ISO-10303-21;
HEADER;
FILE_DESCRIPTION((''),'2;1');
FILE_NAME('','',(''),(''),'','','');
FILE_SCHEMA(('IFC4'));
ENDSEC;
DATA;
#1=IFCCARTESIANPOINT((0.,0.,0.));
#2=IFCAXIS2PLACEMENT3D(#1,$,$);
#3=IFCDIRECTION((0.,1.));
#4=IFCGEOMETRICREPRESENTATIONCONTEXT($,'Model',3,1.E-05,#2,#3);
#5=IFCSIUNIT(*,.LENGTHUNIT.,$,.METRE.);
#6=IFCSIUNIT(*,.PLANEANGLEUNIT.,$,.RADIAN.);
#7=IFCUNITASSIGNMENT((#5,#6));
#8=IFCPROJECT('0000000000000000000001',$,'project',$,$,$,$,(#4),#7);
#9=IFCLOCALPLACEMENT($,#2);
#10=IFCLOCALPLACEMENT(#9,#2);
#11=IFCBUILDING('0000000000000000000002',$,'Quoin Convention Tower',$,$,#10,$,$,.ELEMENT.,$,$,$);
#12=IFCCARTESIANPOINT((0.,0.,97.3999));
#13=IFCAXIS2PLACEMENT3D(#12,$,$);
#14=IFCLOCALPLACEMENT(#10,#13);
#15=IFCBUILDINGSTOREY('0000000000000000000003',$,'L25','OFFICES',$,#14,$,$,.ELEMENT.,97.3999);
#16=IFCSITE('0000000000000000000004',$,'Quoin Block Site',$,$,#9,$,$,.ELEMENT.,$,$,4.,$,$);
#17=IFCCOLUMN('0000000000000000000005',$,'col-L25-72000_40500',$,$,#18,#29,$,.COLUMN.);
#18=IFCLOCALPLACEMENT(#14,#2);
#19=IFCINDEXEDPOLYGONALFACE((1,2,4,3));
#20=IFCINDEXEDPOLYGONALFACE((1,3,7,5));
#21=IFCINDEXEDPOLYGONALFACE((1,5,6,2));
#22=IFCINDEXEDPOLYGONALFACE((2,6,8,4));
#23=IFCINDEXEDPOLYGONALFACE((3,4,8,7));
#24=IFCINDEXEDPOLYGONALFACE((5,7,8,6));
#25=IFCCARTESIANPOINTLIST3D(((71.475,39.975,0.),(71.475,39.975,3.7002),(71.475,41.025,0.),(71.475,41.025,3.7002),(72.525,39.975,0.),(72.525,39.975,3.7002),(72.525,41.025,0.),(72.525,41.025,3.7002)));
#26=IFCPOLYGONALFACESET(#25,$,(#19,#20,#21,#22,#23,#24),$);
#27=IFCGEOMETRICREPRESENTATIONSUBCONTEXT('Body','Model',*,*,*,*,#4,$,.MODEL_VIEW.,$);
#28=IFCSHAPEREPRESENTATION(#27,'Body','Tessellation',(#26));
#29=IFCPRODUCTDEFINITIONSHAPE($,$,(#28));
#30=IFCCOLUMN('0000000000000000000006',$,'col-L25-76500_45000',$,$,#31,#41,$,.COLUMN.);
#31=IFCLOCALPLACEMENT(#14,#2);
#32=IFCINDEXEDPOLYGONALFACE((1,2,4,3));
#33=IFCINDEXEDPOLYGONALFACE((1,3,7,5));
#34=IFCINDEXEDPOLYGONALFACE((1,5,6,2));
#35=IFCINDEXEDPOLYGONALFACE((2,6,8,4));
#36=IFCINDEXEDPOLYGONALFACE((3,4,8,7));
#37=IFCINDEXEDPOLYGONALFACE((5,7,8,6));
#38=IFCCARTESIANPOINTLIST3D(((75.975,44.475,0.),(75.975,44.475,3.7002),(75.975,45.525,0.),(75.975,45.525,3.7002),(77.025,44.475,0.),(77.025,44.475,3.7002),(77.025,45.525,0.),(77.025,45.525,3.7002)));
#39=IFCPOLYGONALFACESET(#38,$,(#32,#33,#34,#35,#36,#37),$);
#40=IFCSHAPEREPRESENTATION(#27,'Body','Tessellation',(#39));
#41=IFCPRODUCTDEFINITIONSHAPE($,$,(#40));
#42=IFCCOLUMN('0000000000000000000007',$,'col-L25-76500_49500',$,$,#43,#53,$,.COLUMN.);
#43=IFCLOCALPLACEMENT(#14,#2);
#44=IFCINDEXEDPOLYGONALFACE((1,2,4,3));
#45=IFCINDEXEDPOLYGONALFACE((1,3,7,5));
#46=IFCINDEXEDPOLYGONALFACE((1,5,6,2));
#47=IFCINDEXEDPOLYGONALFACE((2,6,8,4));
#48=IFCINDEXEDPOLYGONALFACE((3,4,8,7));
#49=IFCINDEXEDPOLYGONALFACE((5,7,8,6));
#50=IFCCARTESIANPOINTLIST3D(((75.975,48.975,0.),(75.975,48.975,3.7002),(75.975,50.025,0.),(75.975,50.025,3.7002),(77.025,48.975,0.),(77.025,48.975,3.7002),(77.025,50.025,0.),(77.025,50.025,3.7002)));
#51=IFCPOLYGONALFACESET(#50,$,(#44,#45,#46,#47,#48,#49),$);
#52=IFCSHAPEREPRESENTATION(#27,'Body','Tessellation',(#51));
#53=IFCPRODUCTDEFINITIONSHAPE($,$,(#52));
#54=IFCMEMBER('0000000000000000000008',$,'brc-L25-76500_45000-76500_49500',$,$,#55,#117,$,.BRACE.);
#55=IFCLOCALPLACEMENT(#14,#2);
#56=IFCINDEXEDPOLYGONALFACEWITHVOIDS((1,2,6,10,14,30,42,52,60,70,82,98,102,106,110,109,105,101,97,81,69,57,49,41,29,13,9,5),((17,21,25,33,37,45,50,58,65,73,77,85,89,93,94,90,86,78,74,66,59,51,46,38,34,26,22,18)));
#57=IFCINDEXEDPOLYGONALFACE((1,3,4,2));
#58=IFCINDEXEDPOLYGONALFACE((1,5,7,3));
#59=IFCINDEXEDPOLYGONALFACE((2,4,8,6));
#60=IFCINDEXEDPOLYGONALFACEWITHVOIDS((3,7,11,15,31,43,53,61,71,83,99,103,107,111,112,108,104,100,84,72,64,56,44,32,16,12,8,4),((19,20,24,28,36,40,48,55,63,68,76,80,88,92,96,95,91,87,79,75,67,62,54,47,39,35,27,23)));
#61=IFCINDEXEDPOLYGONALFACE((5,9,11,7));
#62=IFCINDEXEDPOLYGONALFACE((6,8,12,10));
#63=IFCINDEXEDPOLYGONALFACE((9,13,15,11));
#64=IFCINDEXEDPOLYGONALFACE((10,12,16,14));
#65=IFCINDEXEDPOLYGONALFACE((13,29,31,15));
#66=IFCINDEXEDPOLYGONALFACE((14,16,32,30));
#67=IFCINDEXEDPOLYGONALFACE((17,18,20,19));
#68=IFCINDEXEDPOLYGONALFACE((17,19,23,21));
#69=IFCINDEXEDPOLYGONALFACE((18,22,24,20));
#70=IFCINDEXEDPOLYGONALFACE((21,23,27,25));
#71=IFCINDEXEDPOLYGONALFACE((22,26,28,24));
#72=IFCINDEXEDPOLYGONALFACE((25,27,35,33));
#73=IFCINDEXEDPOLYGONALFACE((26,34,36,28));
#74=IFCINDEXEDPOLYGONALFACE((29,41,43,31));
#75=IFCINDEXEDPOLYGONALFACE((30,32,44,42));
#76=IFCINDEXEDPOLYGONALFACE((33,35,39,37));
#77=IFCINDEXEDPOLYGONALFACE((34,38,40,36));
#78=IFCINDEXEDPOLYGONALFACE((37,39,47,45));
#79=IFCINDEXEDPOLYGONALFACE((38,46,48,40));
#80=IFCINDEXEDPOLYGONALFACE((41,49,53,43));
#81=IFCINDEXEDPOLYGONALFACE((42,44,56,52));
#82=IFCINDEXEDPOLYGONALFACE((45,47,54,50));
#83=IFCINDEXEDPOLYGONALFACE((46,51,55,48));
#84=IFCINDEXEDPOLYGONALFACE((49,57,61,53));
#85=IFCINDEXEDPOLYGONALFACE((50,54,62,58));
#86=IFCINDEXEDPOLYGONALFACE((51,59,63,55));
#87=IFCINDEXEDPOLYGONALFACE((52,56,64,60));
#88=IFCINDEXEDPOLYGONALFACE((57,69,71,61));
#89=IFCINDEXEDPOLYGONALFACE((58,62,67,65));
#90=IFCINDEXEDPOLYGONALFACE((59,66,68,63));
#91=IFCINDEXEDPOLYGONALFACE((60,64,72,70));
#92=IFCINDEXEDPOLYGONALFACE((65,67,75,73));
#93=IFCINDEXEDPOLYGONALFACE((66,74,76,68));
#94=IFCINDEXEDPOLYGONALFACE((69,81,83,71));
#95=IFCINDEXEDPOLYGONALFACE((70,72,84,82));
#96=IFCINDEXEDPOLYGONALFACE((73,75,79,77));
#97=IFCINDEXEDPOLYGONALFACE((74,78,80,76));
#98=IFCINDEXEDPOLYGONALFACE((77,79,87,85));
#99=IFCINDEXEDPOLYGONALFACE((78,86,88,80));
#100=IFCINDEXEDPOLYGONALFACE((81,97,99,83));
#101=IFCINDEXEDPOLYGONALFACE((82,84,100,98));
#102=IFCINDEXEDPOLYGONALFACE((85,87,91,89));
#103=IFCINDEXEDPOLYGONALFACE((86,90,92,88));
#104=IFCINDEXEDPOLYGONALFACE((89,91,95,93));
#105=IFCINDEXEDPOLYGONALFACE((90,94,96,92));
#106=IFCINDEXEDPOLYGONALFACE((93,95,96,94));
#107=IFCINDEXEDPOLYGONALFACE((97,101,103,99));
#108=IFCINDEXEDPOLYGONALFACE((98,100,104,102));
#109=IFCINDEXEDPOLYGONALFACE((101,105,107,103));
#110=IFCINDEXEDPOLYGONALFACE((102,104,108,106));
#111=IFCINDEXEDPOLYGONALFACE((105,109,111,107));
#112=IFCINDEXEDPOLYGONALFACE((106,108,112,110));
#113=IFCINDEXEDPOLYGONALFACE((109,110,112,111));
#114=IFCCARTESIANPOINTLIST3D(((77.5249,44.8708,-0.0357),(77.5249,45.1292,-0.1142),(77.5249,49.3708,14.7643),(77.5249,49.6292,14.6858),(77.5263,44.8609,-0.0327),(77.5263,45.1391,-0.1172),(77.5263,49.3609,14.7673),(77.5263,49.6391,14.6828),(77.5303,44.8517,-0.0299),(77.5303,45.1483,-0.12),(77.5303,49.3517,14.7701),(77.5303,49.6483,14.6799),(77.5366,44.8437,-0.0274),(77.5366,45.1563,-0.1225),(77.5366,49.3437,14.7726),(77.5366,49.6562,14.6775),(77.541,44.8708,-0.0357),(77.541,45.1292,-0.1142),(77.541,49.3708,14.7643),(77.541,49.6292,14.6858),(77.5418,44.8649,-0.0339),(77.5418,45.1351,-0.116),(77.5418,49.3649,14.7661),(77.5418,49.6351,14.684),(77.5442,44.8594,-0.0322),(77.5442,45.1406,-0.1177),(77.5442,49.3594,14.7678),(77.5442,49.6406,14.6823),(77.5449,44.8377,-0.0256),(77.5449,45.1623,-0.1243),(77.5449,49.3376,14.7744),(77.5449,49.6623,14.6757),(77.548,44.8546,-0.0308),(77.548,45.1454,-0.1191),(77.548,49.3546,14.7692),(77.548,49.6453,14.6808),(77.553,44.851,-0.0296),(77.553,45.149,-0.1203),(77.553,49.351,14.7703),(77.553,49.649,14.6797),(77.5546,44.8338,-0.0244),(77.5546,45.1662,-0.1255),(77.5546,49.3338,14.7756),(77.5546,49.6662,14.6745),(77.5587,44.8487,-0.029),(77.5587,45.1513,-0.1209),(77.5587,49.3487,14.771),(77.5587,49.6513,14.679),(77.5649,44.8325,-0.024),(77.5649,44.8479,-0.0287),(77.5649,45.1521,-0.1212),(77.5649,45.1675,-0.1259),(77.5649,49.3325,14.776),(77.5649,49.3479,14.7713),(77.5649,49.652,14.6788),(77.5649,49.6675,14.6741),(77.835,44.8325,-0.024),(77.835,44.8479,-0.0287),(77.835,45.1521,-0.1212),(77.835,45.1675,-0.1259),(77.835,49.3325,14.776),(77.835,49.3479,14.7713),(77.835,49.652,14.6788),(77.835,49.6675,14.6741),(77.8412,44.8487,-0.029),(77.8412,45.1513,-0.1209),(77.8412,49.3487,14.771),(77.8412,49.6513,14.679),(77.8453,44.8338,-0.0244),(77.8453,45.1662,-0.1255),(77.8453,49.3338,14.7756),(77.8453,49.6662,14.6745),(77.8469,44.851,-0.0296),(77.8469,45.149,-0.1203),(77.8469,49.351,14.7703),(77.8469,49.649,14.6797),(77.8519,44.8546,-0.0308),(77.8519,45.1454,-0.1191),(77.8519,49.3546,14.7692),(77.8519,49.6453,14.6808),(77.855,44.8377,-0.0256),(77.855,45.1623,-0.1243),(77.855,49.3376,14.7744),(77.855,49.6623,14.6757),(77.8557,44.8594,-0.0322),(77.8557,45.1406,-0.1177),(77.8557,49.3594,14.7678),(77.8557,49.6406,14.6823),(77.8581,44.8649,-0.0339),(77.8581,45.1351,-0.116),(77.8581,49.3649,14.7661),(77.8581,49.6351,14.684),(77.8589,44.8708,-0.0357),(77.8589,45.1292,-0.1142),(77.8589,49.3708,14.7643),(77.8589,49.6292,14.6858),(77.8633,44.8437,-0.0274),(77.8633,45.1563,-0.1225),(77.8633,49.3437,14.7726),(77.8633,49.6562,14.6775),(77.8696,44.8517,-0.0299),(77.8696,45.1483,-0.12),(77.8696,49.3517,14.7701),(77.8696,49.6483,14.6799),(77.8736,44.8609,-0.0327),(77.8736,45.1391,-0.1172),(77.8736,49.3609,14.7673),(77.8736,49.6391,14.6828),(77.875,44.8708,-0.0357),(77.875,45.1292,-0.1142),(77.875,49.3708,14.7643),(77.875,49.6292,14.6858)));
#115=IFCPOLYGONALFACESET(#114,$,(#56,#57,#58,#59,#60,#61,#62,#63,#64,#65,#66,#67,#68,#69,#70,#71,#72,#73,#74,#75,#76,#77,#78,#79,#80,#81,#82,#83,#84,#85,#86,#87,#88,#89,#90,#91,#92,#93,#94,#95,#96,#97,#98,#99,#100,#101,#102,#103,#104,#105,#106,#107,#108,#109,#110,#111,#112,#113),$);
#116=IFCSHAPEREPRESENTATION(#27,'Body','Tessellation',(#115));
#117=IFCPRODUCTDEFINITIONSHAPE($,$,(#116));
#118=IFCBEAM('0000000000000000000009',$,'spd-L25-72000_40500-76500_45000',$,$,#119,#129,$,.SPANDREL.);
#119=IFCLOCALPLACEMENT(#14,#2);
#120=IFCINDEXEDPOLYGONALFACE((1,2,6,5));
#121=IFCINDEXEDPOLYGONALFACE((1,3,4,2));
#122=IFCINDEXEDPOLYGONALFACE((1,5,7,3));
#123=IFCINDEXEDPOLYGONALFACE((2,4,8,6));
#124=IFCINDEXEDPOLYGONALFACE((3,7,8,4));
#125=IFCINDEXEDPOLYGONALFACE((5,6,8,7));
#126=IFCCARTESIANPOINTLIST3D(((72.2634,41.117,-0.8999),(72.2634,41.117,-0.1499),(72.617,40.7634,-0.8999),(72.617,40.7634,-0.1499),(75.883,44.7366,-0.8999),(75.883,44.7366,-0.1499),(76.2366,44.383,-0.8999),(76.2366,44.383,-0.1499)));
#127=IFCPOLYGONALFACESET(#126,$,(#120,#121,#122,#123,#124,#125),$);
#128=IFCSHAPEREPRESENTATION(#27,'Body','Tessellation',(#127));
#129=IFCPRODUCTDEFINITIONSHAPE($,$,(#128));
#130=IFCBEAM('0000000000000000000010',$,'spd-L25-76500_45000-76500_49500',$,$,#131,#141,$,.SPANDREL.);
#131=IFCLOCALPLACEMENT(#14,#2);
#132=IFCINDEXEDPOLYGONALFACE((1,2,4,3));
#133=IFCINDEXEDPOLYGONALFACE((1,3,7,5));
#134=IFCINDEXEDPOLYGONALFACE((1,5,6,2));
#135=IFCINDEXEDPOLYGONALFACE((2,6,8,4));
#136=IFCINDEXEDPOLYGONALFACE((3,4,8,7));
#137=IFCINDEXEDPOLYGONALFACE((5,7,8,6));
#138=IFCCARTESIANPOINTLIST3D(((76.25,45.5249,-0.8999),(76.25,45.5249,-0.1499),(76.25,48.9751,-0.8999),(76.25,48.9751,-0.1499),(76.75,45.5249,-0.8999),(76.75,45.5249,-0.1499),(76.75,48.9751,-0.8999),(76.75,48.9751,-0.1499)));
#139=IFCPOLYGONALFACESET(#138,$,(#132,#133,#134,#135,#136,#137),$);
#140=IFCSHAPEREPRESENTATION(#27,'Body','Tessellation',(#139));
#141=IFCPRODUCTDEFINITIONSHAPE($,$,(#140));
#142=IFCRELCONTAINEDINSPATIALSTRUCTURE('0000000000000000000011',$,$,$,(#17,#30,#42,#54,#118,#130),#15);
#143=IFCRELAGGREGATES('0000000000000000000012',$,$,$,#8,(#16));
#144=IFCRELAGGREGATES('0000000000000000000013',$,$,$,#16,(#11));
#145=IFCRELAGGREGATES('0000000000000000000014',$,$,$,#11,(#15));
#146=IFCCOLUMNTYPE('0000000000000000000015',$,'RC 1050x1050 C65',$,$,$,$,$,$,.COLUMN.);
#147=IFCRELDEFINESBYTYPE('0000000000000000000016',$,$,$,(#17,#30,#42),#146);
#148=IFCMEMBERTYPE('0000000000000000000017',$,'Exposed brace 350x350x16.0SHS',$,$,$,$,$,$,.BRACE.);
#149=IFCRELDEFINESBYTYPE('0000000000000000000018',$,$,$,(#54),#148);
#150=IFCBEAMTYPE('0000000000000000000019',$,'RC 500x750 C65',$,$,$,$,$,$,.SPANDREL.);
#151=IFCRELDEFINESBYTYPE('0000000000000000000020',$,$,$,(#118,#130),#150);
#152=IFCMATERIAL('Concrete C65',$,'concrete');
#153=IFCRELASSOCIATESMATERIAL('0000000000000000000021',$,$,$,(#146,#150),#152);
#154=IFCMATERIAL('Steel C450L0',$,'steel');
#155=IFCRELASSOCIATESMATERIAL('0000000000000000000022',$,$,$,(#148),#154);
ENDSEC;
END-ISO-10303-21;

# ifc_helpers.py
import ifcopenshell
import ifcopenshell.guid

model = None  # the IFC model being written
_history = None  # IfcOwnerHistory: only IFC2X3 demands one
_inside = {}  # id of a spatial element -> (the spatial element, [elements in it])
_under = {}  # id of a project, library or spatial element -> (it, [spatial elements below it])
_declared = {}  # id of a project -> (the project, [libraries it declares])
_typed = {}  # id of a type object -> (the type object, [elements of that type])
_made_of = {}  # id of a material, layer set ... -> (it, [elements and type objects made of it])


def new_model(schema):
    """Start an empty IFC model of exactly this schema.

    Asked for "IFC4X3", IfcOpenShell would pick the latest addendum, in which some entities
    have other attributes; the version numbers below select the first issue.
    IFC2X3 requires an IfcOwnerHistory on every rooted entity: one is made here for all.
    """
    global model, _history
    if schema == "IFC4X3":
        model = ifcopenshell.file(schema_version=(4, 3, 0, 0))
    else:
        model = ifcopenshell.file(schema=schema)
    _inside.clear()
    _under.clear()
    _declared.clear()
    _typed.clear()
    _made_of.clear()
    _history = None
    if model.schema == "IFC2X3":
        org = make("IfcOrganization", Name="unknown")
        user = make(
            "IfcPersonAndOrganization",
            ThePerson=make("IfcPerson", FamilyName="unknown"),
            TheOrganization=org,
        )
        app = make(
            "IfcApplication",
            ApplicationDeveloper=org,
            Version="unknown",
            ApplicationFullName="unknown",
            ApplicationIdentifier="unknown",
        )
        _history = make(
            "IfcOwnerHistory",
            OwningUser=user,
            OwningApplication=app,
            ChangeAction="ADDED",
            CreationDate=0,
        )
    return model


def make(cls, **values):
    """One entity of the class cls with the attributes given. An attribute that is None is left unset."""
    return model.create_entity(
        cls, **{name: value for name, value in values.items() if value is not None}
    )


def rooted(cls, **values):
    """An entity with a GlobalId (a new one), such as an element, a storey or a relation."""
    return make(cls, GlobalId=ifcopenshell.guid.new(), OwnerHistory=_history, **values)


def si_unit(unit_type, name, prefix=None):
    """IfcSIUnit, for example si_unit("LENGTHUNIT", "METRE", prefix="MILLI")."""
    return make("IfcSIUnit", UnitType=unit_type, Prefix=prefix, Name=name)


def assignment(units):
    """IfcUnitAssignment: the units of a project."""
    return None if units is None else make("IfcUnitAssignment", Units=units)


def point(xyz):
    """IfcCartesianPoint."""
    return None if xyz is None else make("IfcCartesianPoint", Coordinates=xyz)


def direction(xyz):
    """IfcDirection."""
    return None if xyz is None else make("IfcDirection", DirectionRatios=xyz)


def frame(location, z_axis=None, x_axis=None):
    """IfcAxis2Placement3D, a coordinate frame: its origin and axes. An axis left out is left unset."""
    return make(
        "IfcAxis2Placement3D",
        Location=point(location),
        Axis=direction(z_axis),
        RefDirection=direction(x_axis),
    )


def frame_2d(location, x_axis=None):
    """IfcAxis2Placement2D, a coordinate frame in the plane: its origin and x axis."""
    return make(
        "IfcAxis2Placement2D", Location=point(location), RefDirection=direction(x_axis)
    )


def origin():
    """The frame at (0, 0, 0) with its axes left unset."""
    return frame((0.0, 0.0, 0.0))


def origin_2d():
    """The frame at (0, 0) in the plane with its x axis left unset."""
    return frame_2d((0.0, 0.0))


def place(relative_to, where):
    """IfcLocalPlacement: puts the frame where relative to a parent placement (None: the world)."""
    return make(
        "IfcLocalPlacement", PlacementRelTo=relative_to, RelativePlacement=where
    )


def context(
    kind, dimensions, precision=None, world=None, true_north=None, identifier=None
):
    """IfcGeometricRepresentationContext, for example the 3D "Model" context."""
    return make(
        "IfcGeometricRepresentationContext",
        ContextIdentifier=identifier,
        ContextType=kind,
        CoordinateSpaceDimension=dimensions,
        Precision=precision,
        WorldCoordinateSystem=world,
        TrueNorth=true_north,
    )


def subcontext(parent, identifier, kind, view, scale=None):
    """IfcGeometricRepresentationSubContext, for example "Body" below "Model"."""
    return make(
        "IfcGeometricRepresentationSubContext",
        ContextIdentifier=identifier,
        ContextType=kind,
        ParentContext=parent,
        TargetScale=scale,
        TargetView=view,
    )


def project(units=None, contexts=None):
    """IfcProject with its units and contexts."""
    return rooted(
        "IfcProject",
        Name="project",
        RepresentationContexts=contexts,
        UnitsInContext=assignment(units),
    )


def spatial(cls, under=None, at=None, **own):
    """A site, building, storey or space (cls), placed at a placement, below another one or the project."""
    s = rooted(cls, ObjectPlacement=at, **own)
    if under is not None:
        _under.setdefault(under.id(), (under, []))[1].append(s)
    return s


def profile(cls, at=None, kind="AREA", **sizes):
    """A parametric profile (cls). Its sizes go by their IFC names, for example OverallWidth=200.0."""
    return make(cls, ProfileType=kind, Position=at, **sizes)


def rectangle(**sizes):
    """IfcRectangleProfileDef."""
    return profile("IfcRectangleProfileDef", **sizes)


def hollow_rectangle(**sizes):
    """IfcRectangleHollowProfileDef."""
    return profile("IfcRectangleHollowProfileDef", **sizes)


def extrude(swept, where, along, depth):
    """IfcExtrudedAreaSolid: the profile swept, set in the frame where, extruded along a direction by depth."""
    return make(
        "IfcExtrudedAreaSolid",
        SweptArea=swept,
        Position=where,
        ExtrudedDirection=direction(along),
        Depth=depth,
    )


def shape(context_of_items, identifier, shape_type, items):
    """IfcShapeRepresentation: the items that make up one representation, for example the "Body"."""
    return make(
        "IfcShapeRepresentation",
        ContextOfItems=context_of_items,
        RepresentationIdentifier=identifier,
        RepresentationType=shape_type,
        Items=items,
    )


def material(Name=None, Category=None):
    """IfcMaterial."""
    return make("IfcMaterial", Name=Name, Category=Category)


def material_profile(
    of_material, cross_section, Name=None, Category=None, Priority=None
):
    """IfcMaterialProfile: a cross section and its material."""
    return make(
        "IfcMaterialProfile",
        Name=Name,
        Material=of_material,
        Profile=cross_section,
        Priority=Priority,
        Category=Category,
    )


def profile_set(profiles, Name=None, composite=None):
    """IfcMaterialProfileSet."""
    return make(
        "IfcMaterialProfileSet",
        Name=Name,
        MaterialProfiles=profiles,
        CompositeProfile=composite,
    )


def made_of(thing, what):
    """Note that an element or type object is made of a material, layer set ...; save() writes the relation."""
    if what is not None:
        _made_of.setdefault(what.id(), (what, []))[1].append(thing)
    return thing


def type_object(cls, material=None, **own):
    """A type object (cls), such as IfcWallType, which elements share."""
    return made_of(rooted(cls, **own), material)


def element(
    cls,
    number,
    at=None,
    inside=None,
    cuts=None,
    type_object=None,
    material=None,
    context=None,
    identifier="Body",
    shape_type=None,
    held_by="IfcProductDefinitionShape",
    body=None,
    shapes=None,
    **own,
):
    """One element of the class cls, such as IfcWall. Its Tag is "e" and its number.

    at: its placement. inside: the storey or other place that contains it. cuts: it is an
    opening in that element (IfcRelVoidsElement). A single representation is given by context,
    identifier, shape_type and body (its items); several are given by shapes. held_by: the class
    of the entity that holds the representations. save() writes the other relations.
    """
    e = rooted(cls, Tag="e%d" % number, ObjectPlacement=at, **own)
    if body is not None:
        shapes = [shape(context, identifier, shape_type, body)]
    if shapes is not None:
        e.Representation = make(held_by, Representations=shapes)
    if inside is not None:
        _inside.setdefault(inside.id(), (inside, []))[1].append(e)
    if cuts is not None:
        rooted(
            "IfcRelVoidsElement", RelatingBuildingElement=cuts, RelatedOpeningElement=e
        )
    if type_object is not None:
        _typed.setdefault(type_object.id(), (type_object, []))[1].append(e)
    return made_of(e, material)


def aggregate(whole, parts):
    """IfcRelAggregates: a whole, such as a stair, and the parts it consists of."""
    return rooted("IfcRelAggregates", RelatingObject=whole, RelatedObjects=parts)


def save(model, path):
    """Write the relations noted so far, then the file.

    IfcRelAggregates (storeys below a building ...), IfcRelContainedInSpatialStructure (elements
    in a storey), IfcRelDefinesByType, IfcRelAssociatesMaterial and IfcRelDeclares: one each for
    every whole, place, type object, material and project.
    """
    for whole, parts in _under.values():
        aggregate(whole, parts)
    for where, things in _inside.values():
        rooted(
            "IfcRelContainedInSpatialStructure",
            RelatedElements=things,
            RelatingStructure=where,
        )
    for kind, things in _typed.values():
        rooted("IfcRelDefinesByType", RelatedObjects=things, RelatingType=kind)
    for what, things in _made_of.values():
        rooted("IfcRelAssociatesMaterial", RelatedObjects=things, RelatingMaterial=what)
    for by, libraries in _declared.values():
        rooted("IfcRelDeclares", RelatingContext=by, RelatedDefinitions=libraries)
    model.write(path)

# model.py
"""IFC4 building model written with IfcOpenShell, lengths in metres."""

from ifc_helpers import new_model, si_unit, direction, frame, origin, origin_2d, place, context, subcontext, project, spatial, rectangle, hollow_rectangle, extrude, material, material_profile, profile_set, type_object, element, save


model = new_model("IFC4")

# Units and contexts
model_context = context("Model", 3, precision=1e-05, world=origin(), true_north=direction((0.0, 1.0)))
body_context = subcontext(model_context, "Body", "Model", "MODEL_VIEW")
ifc_project = project(units=[si_unit("LENGTHUNIT", "METRE"), si_unit("PLANEANGLEUNIT", "RADIAN")], contexts=[model_context])

# Site, building, storey
site_placement = place(None, origin())
site = spatial("IfcSite", under=ifc_project, at=site_placement, Name="Quoin Block Site", CompositionType="ELEMENT", RefElevation=4.0)
building_placement = place(site_placement, origin())
building = spatial("IfcBuilding", under=site, at=building_placement, Name="Quoin Convention Tower", CompositionType="ELEMENT")
storey_placement = place(building_placement, frame((0.0, 0.0, 97.3999)))
storey = spatial("IfcBuildingStorey", under=building, at=storey_placement, Name="L25", Description="OFFICES", CompositionType="ELEMENT", Elevation=97.3999)

# Columns
ifc_material_1 = material(Name="Concrete C65", Category="concrete")
ifc_material_profile_1 = material_profile(ifc_material_1, rectangle(XDim=1.05, YDim=1.05, at=origin_2d()), Name="RC 1050x1050")
ifc_profile_set_1 = profile_set([ifc_material_profile_1], Name="Concrete C65")
column_type = type_object("IfcColumnType", Name="RC 1050x1050 C65", PredefinedType="COLUMN", material=ifc_profile_set_1)
for number, where, z_axis, x_axis, name in (
    (1, (72.0, 40.5, 0.0), (0.0, 0.0, 1.0), (1.0, 0.0, 0.0), "col-L25-72000_40500"),
    (2, (76.5, 45.0, 0.0), (0.0, 0.0, 1.0), (1.0, 0.0, 0.0), "col-L25-76500_45000"),
    (3, (76.5, 49.5, 0.0), (0.0, 0.0, 1.0), (1.0, 0.0, 0.0), "col-L25-76500_49500"),
):
    element("IfcColumn", number, at=place(storey_placement, frame(where, z_axis=z_axis, x_axis=x_axis)), inside=storey, type_object=column_type, Name=name, PredefinedType="COLUMN", context=body_context, shape_type="SweptSolid", body=[
        extrude(rectangle(XDim=1.05, YDim=1.05, at=origin_2d()), origin(), (0.0, 0.0, 1.0), 3.7002),
    ])

# Member
ifc_material_2 = material(Name="Steel C450L0", Category="steel")
ifc_material_profile_2 = material_profile(ifc_material_2, hollow_rectangle(XDim=0.3501, YDim=0.3501, WallThickness=0.0161, InnerFilletRadius=0.0239, OuterFilletRadius=0.04, at=origin_2d()), Name="350x350x16.0SHS")
ifc_profile_set_2 = profile_set([ifc_material_profile_2], Name="Steel C450L0")
member_type = type_object("IfcMemberType", Name="Exposed brace 350x350x16.0SHS", PredefinedType="BRACE", material=ifc_profile_set_2)
member_placement = place(storey_placement, frame((77.7, 45.0, -0.075), z_axis=(0.0, 0.290903, 0.956752), x_axis=(-1.0, 0.0, 0.0)))
element("IfcMember", 4, at=member_placement, inside=storey, type_object=member_type, Name="brc-L25-76500_45000-76500_49500", PredefinedType="BRACE", context=body_context, shape_type="SweptSolid", body=[
    extrude(hollow_rectangle(XDim=0.3501, YDim=0.3501, WallThickness=0.0161, InnerFilletRadius=0.0239, OuterFilletRadius=0.04, at=origin_2d()), origin(), (0.0, 0.0, 1.0), 15.469),
])

# Beams
ifc_material_profile_3 = material_profile(ifc_material_1, rectangle(XDim=0.5, YDim=0.75, at=origin_2d()), Name="RC 500x750")
ifc_profile_set_3 = profile_set([ifc_material_profile_3], Name="Concrete C65")
beam_type = type_object("IfcBeamType", Name="RC 500x750 C65", PredefinedType="SPANDREL", material=ifc_profile_set_3)
beam_1_placement = place(storey_placement, frame((72.4402, 40.9402, -0.5249), z_axis=(0.707107, 0.707107, 0.0), x_axis=(-0.707107, 0.707107, 0.0)))
element("IfcBeam", 5, at=beam_1_placement, inside=storey, type_object=beam_type, Name="spd-L25-72000_40500-76500_45000", PredefinedType="SPANDREL", context=body_context, shape_type="SweptSolid", body=[
    extrude(rectangle(XDim=0.5, YDim=0.75, at=origin_2d()), origin(), (0.0, 0.0, 1.0), 5.1189),
])
beam_2_placement = place(storey_placement, frame((76.5, 45.5249, -0.5249), z_axis=(0.0, 1.0, 0.0), x_axis=(-1.0, 0.0, 0.0)))
element("IfcBeam", 6, at=beam_2_placement, inside=storey, type_object=beam_type, Name="spd-L25-76500_45000-76500_49500", PredefinedType="SPANDREL", context=body_context, shape_type="SweptSolid", body=[
    extrude(rectangle(XDim=0.5, YDim=0.75, at=origin_2d()), origin(), (0.0, 0.0, 1.0), 3.4502),
])

save(model, "model.ifc")
